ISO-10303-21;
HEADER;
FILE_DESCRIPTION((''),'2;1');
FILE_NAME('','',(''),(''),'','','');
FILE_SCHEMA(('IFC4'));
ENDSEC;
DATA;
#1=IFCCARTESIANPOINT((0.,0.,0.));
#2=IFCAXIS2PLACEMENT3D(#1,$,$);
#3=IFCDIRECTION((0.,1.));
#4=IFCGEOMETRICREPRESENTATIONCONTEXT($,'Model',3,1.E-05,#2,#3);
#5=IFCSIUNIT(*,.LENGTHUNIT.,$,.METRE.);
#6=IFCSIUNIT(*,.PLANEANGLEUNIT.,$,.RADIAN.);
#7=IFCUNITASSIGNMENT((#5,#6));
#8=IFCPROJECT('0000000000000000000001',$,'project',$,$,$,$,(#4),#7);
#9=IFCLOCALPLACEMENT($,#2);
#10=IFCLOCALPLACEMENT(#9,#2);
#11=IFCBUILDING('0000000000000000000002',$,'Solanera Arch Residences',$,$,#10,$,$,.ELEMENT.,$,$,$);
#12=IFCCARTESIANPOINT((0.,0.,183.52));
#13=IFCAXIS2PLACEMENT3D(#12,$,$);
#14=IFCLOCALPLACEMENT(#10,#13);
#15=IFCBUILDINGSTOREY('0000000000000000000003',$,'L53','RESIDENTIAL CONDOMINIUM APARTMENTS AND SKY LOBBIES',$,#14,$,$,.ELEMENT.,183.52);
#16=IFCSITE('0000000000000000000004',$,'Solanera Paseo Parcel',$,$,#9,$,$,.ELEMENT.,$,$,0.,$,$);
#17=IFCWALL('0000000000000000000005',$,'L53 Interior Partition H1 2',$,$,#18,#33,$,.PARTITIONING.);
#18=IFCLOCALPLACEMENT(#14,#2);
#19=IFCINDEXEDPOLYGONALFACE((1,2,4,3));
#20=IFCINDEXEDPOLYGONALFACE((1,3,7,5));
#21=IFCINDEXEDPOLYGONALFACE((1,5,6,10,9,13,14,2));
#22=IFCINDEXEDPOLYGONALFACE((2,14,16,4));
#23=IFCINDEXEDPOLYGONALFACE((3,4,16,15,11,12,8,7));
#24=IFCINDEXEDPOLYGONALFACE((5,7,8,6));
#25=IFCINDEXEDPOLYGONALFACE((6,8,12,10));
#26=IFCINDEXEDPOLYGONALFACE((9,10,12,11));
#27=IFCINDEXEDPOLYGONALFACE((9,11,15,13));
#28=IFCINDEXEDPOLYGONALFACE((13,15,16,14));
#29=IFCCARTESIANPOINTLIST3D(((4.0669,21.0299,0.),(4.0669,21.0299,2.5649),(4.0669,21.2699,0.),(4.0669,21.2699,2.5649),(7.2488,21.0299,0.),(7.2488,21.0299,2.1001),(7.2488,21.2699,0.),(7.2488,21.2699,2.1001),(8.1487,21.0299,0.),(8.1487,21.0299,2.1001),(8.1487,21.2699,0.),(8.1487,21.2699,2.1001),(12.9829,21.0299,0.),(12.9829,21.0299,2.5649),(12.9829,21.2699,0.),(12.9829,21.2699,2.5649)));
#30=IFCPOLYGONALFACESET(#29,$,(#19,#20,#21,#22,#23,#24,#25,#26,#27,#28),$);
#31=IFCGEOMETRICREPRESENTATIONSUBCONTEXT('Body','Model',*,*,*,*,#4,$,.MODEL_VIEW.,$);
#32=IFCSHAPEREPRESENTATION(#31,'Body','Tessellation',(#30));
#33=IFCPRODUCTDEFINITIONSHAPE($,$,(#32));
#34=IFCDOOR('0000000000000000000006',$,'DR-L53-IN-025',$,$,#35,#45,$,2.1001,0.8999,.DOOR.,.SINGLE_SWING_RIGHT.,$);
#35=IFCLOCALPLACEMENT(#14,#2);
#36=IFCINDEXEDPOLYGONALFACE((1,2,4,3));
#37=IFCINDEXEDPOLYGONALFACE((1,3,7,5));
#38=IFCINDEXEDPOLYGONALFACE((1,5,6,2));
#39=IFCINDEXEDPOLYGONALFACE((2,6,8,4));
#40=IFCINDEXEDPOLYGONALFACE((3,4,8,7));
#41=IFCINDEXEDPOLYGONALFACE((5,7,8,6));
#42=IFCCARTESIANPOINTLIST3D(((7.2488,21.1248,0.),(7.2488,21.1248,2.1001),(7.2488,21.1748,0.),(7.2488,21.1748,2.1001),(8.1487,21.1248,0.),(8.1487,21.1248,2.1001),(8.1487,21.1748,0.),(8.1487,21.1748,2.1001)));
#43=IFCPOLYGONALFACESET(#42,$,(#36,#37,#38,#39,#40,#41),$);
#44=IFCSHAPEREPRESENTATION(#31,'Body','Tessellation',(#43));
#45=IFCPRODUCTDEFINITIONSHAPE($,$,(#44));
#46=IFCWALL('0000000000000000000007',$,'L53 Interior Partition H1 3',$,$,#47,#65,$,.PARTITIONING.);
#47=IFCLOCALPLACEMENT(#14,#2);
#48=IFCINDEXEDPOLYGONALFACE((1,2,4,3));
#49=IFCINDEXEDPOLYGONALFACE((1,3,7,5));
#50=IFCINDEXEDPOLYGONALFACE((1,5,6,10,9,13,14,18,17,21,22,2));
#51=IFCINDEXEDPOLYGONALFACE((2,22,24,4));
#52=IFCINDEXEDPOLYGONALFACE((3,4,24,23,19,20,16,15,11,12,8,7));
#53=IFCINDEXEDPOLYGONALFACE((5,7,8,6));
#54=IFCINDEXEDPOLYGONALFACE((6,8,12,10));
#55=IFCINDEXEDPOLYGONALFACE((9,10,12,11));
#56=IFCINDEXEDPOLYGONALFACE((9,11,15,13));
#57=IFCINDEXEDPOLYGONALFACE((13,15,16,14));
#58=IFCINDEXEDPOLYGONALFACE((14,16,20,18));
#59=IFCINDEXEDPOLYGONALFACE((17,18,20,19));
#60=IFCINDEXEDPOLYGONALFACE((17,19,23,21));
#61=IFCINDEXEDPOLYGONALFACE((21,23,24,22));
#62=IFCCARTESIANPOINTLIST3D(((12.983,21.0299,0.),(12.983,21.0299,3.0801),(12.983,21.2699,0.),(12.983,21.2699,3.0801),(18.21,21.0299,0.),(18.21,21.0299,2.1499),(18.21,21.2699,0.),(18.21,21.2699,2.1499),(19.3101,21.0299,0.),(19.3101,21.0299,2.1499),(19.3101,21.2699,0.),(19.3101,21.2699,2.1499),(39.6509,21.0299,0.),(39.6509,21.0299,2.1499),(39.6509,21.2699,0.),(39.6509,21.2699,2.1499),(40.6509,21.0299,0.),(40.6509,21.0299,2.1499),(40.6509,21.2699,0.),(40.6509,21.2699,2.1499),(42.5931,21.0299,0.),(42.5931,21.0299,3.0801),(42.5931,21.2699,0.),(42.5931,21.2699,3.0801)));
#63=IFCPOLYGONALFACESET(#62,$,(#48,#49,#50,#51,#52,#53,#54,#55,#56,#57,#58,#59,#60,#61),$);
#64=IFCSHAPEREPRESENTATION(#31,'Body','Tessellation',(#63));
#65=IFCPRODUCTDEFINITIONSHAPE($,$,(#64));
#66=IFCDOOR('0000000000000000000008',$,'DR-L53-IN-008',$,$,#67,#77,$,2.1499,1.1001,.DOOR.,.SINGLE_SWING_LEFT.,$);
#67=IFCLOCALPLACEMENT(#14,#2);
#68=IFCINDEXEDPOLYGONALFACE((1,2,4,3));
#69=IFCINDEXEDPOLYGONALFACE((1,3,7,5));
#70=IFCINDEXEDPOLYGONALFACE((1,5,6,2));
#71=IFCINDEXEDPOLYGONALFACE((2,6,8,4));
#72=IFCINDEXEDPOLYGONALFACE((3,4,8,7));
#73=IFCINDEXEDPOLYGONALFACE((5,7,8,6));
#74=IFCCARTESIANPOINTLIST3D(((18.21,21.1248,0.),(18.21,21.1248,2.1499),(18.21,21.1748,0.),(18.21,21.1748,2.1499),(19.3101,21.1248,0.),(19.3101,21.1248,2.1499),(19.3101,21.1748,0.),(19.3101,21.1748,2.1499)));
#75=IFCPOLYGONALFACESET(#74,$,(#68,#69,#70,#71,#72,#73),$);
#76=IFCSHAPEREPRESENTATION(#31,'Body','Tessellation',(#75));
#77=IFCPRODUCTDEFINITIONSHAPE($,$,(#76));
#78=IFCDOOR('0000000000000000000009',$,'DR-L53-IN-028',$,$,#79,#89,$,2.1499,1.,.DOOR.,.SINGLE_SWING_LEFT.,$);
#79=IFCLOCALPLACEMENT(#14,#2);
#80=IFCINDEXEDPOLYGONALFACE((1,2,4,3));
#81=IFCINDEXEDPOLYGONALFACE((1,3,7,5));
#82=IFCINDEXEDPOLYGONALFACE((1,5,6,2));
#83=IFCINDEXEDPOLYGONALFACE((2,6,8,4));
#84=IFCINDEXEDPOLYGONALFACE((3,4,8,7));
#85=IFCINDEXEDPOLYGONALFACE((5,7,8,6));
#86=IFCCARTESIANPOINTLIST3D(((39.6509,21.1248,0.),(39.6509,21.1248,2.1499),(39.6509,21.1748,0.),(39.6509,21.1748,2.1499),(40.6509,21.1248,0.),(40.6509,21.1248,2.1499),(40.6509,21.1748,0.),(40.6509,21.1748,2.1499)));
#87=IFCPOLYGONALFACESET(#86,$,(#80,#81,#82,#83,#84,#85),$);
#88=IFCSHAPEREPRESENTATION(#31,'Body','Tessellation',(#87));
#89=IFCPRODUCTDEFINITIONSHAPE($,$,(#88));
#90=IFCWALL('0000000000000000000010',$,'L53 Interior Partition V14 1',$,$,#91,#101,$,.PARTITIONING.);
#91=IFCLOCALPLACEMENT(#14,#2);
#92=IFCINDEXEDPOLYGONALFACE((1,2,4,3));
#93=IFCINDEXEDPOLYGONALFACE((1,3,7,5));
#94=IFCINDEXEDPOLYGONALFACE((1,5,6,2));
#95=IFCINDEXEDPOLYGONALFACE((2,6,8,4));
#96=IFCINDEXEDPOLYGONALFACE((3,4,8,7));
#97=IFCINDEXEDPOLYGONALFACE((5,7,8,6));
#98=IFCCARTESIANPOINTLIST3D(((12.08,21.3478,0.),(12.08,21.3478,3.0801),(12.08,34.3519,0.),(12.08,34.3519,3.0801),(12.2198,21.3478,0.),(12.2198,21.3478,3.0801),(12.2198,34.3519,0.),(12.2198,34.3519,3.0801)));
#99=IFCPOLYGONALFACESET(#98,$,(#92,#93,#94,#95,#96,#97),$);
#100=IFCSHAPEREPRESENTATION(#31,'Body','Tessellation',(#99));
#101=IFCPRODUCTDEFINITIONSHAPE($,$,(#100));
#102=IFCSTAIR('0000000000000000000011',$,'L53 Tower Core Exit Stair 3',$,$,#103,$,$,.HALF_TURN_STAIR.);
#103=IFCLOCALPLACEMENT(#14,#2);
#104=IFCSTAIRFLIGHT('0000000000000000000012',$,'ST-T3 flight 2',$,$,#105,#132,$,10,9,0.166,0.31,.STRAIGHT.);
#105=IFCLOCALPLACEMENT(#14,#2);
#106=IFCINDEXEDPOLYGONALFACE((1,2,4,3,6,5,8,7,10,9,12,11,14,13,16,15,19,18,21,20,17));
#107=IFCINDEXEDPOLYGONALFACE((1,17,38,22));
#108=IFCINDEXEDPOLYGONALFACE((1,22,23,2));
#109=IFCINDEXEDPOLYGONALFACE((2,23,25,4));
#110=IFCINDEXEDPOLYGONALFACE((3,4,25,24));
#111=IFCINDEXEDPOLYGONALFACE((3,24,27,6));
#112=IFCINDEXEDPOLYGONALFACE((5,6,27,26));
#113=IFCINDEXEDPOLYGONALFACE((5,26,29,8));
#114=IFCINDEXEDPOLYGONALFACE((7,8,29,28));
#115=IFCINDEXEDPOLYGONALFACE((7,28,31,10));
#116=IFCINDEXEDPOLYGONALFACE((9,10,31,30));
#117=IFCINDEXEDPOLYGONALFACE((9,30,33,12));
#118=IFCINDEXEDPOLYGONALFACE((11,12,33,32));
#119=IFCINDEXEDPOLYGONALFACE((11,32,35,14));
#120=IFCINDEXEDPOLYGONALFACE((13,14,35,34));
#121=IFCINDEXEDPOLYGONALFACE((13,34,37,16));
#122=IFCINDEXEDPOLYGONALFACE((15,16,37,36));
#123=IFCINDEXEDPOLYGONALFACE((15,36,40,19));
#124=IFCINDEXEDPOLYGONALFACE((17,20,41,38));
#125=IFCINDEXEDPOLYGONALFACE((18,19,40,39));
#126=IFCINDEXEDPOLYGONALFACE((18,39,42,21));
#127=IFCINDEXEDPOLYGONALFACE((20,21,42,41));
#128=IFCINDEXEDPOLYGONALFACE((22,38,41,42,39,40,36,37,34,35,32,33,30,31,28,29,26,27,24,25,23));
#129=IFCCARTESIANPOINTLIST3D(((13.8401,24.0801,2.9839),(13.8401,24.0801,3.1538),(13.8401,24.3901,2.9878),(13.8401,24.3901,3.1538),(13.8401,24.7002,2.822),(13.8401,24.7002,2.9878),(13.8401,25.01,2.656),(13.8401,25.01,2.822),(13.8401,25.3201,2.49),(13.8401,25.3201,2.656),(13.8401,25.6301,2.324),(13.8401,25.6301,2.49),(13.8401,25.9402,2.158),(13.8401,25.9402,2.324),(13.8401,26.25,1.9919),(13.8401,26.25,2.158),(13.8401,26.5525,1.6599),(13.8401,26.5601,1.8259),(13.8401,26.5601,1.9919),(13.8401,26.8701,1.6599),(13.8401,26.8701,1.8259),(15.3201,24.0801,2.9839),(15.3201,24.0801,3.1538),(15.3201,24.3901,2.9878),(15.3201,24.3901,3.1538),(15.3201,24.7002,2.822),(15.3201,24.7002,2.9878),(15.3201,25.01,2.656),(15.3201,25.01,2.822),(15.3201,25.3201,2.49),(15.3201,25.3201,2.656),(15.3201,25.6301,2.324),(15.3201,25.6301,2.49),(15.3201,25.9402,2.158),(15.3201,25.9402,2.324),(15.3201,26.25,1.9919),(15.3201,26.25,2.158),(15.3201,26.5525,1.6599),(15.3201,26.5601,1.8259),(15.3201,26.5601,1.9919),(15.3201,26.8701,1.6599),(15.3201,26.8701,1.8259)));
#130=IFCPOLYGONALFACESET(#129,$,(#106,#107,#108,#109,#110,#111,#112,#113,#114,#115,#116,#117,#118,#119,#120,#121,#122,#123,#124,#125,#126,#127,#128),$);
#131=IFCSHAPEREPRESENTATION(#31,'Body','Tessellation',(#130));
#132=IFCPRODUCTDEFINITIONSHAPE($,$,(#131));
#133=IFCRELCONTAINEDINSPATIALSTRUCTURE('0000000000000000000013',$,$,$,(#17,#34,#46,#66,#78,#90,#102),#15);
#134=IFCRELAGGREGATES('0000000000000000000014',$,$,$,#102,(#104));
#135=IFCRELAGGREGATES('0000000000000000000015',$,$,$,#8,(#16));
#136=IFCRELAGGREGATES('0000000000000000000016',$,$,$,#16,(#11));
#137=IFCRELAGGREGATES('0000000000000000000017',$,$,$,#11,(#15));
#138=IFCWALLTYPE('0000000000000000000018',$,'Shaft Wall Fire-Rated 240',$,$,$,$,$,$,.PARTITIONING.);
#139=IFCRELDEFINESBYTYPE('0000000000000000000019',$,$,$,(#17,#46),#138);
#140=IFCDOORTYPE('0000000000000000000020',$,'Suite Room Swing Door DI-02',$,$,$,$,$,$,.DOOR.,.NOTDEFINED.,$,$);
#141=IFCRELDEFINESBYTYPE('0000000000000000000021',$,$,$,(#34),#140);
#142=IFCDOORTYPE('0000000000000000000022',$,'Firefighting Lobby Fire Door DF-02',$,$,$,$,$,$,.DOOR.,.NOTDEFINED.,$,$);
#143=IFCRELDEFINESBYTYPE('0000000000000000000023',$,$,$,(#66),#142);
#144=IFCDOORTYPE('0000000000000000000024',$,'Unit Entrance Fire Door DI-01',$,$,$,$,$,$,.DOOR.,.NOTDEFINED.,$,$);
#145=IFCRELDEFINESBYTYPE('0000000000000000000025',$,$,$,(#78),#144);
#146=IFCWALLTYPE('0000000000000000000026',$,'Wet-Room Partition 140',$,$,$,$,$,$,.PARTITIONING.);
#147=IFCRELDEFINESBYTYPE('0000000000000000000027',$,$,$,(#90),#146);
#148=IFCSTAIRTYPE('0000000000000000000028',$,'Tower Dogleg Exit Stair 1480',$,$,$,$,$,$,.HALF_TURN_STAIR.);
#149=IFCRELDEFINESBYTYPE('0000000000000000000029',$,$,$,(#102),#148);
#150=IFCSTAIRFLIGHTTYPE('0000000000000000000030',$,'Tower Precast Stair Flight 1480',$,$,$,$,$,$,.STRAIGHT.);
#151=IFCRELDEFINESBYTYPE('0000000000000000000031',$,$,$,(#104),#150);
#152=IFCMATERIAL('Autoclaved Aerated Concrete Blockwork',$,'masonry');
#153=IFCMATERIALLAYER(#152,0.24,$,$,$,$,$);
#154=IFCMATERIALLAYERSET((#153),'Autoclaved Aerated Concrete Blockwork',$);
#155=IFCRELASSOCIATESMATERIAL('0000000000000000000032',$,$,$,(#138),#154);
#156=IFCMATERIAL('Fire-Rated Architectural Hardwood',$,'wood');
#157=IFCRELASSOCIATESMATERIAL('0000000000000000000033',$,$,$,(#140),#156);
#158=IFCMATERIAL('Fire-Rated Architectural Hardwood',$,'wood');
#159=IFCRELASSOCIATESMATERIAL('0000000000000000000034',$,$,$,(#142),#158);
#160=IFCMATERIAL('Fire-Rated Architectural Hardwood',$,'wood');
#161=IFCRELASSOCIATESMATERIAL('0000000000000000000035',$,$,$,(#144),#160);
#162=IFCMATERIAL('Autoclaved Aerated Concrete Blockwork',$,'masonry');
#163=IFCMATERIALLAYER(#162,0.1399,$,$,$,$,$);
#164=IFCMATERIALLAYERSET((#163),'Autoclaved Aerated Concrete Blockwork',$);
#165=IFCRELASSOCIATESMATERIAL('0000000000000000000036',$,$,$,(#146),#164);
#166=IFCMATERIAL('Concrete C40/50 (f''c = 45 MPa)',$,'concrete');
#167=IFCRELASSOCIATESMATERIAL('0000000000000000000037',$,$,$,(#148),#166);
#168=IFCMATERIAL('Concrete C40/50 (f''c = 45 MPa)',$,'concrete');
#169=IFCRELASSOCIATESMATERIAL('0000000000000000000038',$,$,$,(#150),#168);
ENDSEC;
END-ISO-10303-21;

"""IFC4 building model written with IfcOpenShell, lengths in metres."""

from ifc_helpers import new_model, si_unit, direction, frame, frame_2d, origin, place, context, subcontext, project, spatial, polyline, rectangle, outline, extrude, material, layer, layer_set, type_object, element, fill, aggregate, save


model = new_model("IFC4")

# Units and contexts
model_context = context("Model", 3, precision=1e-05, world=origin(), true_north=direction((0.0, 1.0)))
body_context = subcontext(model_context, "Body", "Model", "MODEL_VIEW")
ifc_project = project(units=[si_unit("LENGTHUNIT", "METRE"), si_unit("PLANEANGLEUNIT", "RADIAN")], contexts=[model_context])

# Site, building, storey
site_placement = place(None, origin())
site = spatial("IfcSite", under=ifc_project, at=site_placement, Name="Solanera Paseo Parcel", CompositionType="ELEMENT", RefElevation=0.0)
building_placement = place(site_placement, origin())
building = spatial("IfcBuilding", under=site, at=building_placement, Name="Solanera Arch Residences", CompositionType="ELEMENT")
storey_placement = place(building_placement, frame((0.0, 0.0, 183.52)))
storey = spatial("IfcBuildingStorey", under=building, at=storey_placement, Name="L53", Description="RESIDENTIAL CONDOMINIUM APARTMENTS AND SKY LOBBIES", CompositionType="ELEMENT", Elevation=183.52)

# Shared definitions
ifc_material_1 = material(Name="Autoclaved Aerated Concrete Blockwork", Category="masonry")
ifc_layer_1 = layer(ifc_material_1, 0.24)
ifc_layer_set_1 = layer_set([ifc_layer_1], Name="Autoclaved Aerated Concrete Blockwork")
wall_type_1 = type_object("IfcWallType", Name="Shaft Wall Fire-Rated 240", PredefinedType="PARTITIONING", material=ifc_layer_set_1)

# Wall, opening, door
wall_1_placement = place(storey_placement, frame((4.0669, 21.1499, 0.0), z_axis=(0.0, 0.0, 1.0), x_axis=(1.0, 0.0, 0.0)))
wall_1 = element("IfcWall", 1, at=wall_1_placement, inside=storey, type_object=wall_type_1, Name="L53 Interior Partition H1 2", PredefinedType="PARTITIONING", context=body_context, shape_type="SweptSolid", body=[
    extrude(rectangle(XDim=8.916, YDim=0.24, at=frame_2d((4.458, 0.0))), origin(), (0.0, 0.0, 1.0), 2.5649),
])
opening_1_placement = place(wall_1_placement, frame((3.1819, 0.0, 0.0)))
opening_1 = element("IfcOpeningElement", 2, at=opening_1_placement, cuts=wall_1, PredefinedType="OPENING", context=body_context, shape_type="SweptSolid", body=[
    extrude(rectangle(XDim=0.8999, YDim=2.1001, at=frame_2d((0.45, 1.05))), frame((0.0, 0.1299, 0.0), z_axis=(0.0, -1.0, 0.0), x_axis=(1.0, 0.0, 0.0)), (0.0, 0.0, 1.0), 0.26),
])
ifc_material_2 = material(Name="Fire-Rated Architectural Hardwood", Category="wood")
door_type_1 = type_object("IfcDoorType", Name="Suite Room Swing Door DI-02", OperationType="NOTDEFINED", PredefinedType="DOOR", material=ifc_material_2)
door_1_placement = place(opening_1_placement, origin())
door_1 = element("IfcDoor", 3, at=door_1_placement, inside=storey, type_object=door_type_1, Name="DR-L53-IN-025", OperationType="SINGLE_SWING_RIGHT", OverallHeight=2.1001, OverallWidth=0.8999, PredefinedType="DOOR", context=body_context, shape_type="SweptSolid", body=[
    extrude(rectangle(XDim=0.8999, YDim=2.1001, at=frame_2d((0.45, 1.05))), frame((0.0, 0.0249, 0.0), z_axis=(0.0, -1.0, 0.0), x_axis=(1.0, 0.0, 0.0)), (0.0, 0.0, 1.0), 0.05),
])
fill(opening_1, door_1)

# Wall, openings, doors
wall_2_placement = place(storey_placement, frame((12.9829, 21.1499, 0.0), z_axis=(0.0, 0.0, 1.0), x_axis=(1.0, 0.0, 0.0)))
wall_2 = element("IfcWall", 4, at=wall_2_placement, inside=storey, type_object=wall_type_1, Name="L53 Interior Partition H1 3", PredefinedType="PARTITIONING", context=body_context, shape_type="SweptSolid", body=[
    extrude(rectangle(XDim=29.6101, YDim=0.24, at=frame_2d((14.8052, 0.0))), origin(), (0.0, 0.0, 1.0), 3.0801),
])
opening_2_placement = place(wall_2_placement, frame((5.2271, 0.0, 0.0)))
opening_2 = element("IfcOpeningElement", 5, at=opening_2_placement, cuts=wall_2, PredefinedType="OPENING", context=body_context, shape_type="SweptSolid", body=[
    extrude(rectangle(XDim=1.1001, YDim=2.1499, at=frame_2d((0.55, 1.075))), frame((0.0, 0.1299, 0.0), z_axis=(0.0, -1.0, 0.0), x_axis=(1.0, 0.0, 0.0)), (0.0, 0.0, 1.0), 0.26),
])
opening_3_placement = place(wall_2_placement, frame((26.668, 0.0, 0.0)))
opening_3 = element("IfcOpeningElement", 6, at=opening_3_placement, cuts=wall_2, PredefinedType="OPENING", context=body_context, shape_type="SweptSolid", body=[
    extrude(rectangle(XDim=1.0, YDim=2.1499, at=frame_2d((0.5, 1.075))), frame((0.0, 0.1299, 0.0), z_axis=(0.0, -1.0, 0.0), x_axis=(1.0, 0.0, 0.0)), (0.0, 0.0, 1.0), 0.26),
])
ifc_material_3 = material(Name="Fire-Rated Architectural Hardwood", Category="wood")
door_type_2 = type_object("IfcDoorType", Name="Firefighting Lobby Fire Door DF-02", OperationType="NOTDEFINED", PredefinedType="DOOR", material=ifc_material_3)
door_2_placement = place(opening_2_placement, origin())
door_2 = element("IfcDoor", 7, at=door_2_placement, inside=storey, type_object=door_type_2, Name="DR-L53-IN-008", OperationType="SINGLE_SWING_LEFT", OverallHeight=2.1499, OverallWidth=1.1001, PredefinedType="DOOR", context=body_context, shape_type="SweptSolid", body=[
    extrude(rectangle(XDim=1.1001, YDim=2.1499, at=frame_2d((0.55, 1.075))), frame((0.0, 0.0249, 0.0), z_axis=(0.0, -1.0, 0.0), x_axis=(1.0, 0.0, 0.0)), (0.0, 0.0, 1.0), 0.05),
])
fill(opening_2, door_2)
ifc_material_4 = material(Name="Fire-Rated Architectural Hardwood", Category="wood")
door_type_3 = type_object("IfcDoorType", Name="Unit Entrance Fire Door DI-01", OperationType="NOTDEFINED", PredefinedType="DOOR", material=ifc_material_4)
door_3_placement = place(opening_3_placement, origin())
door_3 = element("IfcDoor", 8, at=door_3_placement, inside=storey, type_object=door_type_3, Name="DR-L53-IN-028", OperationType="SINGLE_SWING_LEFT", OverallHeight=2.1499, OverallWidth=1.0, PredefinedType="DOOR", context=body_context, shape_type="SweptSolid", body=[
    extrude(rectangle(XDim=1.0, YDim=2.1499, at=frame_2d((0.5, 1.075))), frame((0.0, 0.0249, 0.0), z_axis=(0.0, -1.0, 0.0), x_axis=(1.0, 0.0, 0.0)), (0.0, 0.0, 1.0), 0.05),
])
fill(opening_3, door_3)

# Wall
ifc_material_5 = material(Name="Autoclaved Aerated Concrete Blockwork", Category="masonry")
ifc_layer_2 = layer(ifc_material_5, 0.1399)
ifc_layer_set_2 = layer_set([ifc_layer_2], Name="Autoclaved Aerated Concrete Blockwork")
wall_type_2 = type_object("IfcWallType", Name="Wet-Room Partition 140", PredefinedType="PARTITIONING", material=ifc_layer_set_2)
wall_3_placement = place(storey_placement, frame((12.1499, 21.3479, 0.0), z_axis=(0.0, 0.0, 1.0), x_axis=(0.0, 1.0, 0.0)))
element("IfcWall", 9, at=wall_3_placement, inside=storey, type_object=wall_type_2, Name="L53 Interior Partition V14 1", PredefinedType="PARTITIONING", context=body_context, shape_type="SweptSolid", body=[
    extrude(rectangle(XDim=13.0042, YDim=0.1399, at=frame_2d((6.502, 0.0))), origin(), (0.0, 0.0, 1.0), 3.0801),
])

# Stair, stair flight
ifc_material_6 = material(Name="Concrete C40/50 (f'c = 45 MPa)", Category="concrete")
stair_type = type_object("IfcStairType", Name="Tower Dogleg Exit Stair 1480", PredefinedType="HALF_TURN_STAIR", material=ifc_material_6)
stair_placement = place(storey_placement, origin())
stair = element("IfcStair", 10, at=stair_placement, inside=storey, type_object=stair_type, Name="L53 Tower Core Exit Stair 3", PredefinedType="HALF_TURN_STAIR")
ifc_material_7 = material(Name="Concrete C40/50 (f'c = 45 MPa)", Category="concrete")
stair_flight_type = type_object("IfcStairFlightType", Name="Tower Precast Stair Flight 1480", PredefinedType="STRAIGHT", material=ifc_material_7)
stair_flight_placement = place(storey_placement, frame((14.5801, 26.8701, 1.6599), z_axis=(0.0, 0.0, 1.0), x_axis=(0.0, -1.0, 0.0)))
stair_flight = element("IfcStairFlight", 11, at=stair_flight_placement, type_object=stair_flight_type, Name="ST-T3 flight 2", NumberOfRisers=10, NumberOfTreads=9, PredefinedType="STRAIGHT", RiserHeight=0.166, TreadLength=0.31, context=body_context, shape_type="SweptSolid", body=[
    extrude(outline(polyline([(0.0, 0.0), (0.0, 0.166), (0.3101, 0.166), (0.3101, 0.332), (0.6201, 0.332), (0.6201, 0.498), (0.9299, 0.498), (0.9299, 0.6641), (1.24, 0.6641), (1.24, 0.8301), (1.55, 0.8301), (1.55, 0.9961), (1.8601, 0.9961), (1.8601, 1.1621), (2.1699, 1.1621), (2.1699, 1.3279), (2.48, 1.3279), (2.48, 1.4939), (2.79, 1.4939), (2.79, 1.6599), (2.79, 1.324), (0.3176, 0.0), (0.0, 0.0)])), frame((0.0, 0.74, 0.0), z_axis=(0.0, -1.0, 0.0), x_axis=(1.0, 0.0, 0.0)), (0.0, 0.0, 1.0), 1.48),
])
aggregate(stair, [stair_flight])

save(model, "model.ifc")
